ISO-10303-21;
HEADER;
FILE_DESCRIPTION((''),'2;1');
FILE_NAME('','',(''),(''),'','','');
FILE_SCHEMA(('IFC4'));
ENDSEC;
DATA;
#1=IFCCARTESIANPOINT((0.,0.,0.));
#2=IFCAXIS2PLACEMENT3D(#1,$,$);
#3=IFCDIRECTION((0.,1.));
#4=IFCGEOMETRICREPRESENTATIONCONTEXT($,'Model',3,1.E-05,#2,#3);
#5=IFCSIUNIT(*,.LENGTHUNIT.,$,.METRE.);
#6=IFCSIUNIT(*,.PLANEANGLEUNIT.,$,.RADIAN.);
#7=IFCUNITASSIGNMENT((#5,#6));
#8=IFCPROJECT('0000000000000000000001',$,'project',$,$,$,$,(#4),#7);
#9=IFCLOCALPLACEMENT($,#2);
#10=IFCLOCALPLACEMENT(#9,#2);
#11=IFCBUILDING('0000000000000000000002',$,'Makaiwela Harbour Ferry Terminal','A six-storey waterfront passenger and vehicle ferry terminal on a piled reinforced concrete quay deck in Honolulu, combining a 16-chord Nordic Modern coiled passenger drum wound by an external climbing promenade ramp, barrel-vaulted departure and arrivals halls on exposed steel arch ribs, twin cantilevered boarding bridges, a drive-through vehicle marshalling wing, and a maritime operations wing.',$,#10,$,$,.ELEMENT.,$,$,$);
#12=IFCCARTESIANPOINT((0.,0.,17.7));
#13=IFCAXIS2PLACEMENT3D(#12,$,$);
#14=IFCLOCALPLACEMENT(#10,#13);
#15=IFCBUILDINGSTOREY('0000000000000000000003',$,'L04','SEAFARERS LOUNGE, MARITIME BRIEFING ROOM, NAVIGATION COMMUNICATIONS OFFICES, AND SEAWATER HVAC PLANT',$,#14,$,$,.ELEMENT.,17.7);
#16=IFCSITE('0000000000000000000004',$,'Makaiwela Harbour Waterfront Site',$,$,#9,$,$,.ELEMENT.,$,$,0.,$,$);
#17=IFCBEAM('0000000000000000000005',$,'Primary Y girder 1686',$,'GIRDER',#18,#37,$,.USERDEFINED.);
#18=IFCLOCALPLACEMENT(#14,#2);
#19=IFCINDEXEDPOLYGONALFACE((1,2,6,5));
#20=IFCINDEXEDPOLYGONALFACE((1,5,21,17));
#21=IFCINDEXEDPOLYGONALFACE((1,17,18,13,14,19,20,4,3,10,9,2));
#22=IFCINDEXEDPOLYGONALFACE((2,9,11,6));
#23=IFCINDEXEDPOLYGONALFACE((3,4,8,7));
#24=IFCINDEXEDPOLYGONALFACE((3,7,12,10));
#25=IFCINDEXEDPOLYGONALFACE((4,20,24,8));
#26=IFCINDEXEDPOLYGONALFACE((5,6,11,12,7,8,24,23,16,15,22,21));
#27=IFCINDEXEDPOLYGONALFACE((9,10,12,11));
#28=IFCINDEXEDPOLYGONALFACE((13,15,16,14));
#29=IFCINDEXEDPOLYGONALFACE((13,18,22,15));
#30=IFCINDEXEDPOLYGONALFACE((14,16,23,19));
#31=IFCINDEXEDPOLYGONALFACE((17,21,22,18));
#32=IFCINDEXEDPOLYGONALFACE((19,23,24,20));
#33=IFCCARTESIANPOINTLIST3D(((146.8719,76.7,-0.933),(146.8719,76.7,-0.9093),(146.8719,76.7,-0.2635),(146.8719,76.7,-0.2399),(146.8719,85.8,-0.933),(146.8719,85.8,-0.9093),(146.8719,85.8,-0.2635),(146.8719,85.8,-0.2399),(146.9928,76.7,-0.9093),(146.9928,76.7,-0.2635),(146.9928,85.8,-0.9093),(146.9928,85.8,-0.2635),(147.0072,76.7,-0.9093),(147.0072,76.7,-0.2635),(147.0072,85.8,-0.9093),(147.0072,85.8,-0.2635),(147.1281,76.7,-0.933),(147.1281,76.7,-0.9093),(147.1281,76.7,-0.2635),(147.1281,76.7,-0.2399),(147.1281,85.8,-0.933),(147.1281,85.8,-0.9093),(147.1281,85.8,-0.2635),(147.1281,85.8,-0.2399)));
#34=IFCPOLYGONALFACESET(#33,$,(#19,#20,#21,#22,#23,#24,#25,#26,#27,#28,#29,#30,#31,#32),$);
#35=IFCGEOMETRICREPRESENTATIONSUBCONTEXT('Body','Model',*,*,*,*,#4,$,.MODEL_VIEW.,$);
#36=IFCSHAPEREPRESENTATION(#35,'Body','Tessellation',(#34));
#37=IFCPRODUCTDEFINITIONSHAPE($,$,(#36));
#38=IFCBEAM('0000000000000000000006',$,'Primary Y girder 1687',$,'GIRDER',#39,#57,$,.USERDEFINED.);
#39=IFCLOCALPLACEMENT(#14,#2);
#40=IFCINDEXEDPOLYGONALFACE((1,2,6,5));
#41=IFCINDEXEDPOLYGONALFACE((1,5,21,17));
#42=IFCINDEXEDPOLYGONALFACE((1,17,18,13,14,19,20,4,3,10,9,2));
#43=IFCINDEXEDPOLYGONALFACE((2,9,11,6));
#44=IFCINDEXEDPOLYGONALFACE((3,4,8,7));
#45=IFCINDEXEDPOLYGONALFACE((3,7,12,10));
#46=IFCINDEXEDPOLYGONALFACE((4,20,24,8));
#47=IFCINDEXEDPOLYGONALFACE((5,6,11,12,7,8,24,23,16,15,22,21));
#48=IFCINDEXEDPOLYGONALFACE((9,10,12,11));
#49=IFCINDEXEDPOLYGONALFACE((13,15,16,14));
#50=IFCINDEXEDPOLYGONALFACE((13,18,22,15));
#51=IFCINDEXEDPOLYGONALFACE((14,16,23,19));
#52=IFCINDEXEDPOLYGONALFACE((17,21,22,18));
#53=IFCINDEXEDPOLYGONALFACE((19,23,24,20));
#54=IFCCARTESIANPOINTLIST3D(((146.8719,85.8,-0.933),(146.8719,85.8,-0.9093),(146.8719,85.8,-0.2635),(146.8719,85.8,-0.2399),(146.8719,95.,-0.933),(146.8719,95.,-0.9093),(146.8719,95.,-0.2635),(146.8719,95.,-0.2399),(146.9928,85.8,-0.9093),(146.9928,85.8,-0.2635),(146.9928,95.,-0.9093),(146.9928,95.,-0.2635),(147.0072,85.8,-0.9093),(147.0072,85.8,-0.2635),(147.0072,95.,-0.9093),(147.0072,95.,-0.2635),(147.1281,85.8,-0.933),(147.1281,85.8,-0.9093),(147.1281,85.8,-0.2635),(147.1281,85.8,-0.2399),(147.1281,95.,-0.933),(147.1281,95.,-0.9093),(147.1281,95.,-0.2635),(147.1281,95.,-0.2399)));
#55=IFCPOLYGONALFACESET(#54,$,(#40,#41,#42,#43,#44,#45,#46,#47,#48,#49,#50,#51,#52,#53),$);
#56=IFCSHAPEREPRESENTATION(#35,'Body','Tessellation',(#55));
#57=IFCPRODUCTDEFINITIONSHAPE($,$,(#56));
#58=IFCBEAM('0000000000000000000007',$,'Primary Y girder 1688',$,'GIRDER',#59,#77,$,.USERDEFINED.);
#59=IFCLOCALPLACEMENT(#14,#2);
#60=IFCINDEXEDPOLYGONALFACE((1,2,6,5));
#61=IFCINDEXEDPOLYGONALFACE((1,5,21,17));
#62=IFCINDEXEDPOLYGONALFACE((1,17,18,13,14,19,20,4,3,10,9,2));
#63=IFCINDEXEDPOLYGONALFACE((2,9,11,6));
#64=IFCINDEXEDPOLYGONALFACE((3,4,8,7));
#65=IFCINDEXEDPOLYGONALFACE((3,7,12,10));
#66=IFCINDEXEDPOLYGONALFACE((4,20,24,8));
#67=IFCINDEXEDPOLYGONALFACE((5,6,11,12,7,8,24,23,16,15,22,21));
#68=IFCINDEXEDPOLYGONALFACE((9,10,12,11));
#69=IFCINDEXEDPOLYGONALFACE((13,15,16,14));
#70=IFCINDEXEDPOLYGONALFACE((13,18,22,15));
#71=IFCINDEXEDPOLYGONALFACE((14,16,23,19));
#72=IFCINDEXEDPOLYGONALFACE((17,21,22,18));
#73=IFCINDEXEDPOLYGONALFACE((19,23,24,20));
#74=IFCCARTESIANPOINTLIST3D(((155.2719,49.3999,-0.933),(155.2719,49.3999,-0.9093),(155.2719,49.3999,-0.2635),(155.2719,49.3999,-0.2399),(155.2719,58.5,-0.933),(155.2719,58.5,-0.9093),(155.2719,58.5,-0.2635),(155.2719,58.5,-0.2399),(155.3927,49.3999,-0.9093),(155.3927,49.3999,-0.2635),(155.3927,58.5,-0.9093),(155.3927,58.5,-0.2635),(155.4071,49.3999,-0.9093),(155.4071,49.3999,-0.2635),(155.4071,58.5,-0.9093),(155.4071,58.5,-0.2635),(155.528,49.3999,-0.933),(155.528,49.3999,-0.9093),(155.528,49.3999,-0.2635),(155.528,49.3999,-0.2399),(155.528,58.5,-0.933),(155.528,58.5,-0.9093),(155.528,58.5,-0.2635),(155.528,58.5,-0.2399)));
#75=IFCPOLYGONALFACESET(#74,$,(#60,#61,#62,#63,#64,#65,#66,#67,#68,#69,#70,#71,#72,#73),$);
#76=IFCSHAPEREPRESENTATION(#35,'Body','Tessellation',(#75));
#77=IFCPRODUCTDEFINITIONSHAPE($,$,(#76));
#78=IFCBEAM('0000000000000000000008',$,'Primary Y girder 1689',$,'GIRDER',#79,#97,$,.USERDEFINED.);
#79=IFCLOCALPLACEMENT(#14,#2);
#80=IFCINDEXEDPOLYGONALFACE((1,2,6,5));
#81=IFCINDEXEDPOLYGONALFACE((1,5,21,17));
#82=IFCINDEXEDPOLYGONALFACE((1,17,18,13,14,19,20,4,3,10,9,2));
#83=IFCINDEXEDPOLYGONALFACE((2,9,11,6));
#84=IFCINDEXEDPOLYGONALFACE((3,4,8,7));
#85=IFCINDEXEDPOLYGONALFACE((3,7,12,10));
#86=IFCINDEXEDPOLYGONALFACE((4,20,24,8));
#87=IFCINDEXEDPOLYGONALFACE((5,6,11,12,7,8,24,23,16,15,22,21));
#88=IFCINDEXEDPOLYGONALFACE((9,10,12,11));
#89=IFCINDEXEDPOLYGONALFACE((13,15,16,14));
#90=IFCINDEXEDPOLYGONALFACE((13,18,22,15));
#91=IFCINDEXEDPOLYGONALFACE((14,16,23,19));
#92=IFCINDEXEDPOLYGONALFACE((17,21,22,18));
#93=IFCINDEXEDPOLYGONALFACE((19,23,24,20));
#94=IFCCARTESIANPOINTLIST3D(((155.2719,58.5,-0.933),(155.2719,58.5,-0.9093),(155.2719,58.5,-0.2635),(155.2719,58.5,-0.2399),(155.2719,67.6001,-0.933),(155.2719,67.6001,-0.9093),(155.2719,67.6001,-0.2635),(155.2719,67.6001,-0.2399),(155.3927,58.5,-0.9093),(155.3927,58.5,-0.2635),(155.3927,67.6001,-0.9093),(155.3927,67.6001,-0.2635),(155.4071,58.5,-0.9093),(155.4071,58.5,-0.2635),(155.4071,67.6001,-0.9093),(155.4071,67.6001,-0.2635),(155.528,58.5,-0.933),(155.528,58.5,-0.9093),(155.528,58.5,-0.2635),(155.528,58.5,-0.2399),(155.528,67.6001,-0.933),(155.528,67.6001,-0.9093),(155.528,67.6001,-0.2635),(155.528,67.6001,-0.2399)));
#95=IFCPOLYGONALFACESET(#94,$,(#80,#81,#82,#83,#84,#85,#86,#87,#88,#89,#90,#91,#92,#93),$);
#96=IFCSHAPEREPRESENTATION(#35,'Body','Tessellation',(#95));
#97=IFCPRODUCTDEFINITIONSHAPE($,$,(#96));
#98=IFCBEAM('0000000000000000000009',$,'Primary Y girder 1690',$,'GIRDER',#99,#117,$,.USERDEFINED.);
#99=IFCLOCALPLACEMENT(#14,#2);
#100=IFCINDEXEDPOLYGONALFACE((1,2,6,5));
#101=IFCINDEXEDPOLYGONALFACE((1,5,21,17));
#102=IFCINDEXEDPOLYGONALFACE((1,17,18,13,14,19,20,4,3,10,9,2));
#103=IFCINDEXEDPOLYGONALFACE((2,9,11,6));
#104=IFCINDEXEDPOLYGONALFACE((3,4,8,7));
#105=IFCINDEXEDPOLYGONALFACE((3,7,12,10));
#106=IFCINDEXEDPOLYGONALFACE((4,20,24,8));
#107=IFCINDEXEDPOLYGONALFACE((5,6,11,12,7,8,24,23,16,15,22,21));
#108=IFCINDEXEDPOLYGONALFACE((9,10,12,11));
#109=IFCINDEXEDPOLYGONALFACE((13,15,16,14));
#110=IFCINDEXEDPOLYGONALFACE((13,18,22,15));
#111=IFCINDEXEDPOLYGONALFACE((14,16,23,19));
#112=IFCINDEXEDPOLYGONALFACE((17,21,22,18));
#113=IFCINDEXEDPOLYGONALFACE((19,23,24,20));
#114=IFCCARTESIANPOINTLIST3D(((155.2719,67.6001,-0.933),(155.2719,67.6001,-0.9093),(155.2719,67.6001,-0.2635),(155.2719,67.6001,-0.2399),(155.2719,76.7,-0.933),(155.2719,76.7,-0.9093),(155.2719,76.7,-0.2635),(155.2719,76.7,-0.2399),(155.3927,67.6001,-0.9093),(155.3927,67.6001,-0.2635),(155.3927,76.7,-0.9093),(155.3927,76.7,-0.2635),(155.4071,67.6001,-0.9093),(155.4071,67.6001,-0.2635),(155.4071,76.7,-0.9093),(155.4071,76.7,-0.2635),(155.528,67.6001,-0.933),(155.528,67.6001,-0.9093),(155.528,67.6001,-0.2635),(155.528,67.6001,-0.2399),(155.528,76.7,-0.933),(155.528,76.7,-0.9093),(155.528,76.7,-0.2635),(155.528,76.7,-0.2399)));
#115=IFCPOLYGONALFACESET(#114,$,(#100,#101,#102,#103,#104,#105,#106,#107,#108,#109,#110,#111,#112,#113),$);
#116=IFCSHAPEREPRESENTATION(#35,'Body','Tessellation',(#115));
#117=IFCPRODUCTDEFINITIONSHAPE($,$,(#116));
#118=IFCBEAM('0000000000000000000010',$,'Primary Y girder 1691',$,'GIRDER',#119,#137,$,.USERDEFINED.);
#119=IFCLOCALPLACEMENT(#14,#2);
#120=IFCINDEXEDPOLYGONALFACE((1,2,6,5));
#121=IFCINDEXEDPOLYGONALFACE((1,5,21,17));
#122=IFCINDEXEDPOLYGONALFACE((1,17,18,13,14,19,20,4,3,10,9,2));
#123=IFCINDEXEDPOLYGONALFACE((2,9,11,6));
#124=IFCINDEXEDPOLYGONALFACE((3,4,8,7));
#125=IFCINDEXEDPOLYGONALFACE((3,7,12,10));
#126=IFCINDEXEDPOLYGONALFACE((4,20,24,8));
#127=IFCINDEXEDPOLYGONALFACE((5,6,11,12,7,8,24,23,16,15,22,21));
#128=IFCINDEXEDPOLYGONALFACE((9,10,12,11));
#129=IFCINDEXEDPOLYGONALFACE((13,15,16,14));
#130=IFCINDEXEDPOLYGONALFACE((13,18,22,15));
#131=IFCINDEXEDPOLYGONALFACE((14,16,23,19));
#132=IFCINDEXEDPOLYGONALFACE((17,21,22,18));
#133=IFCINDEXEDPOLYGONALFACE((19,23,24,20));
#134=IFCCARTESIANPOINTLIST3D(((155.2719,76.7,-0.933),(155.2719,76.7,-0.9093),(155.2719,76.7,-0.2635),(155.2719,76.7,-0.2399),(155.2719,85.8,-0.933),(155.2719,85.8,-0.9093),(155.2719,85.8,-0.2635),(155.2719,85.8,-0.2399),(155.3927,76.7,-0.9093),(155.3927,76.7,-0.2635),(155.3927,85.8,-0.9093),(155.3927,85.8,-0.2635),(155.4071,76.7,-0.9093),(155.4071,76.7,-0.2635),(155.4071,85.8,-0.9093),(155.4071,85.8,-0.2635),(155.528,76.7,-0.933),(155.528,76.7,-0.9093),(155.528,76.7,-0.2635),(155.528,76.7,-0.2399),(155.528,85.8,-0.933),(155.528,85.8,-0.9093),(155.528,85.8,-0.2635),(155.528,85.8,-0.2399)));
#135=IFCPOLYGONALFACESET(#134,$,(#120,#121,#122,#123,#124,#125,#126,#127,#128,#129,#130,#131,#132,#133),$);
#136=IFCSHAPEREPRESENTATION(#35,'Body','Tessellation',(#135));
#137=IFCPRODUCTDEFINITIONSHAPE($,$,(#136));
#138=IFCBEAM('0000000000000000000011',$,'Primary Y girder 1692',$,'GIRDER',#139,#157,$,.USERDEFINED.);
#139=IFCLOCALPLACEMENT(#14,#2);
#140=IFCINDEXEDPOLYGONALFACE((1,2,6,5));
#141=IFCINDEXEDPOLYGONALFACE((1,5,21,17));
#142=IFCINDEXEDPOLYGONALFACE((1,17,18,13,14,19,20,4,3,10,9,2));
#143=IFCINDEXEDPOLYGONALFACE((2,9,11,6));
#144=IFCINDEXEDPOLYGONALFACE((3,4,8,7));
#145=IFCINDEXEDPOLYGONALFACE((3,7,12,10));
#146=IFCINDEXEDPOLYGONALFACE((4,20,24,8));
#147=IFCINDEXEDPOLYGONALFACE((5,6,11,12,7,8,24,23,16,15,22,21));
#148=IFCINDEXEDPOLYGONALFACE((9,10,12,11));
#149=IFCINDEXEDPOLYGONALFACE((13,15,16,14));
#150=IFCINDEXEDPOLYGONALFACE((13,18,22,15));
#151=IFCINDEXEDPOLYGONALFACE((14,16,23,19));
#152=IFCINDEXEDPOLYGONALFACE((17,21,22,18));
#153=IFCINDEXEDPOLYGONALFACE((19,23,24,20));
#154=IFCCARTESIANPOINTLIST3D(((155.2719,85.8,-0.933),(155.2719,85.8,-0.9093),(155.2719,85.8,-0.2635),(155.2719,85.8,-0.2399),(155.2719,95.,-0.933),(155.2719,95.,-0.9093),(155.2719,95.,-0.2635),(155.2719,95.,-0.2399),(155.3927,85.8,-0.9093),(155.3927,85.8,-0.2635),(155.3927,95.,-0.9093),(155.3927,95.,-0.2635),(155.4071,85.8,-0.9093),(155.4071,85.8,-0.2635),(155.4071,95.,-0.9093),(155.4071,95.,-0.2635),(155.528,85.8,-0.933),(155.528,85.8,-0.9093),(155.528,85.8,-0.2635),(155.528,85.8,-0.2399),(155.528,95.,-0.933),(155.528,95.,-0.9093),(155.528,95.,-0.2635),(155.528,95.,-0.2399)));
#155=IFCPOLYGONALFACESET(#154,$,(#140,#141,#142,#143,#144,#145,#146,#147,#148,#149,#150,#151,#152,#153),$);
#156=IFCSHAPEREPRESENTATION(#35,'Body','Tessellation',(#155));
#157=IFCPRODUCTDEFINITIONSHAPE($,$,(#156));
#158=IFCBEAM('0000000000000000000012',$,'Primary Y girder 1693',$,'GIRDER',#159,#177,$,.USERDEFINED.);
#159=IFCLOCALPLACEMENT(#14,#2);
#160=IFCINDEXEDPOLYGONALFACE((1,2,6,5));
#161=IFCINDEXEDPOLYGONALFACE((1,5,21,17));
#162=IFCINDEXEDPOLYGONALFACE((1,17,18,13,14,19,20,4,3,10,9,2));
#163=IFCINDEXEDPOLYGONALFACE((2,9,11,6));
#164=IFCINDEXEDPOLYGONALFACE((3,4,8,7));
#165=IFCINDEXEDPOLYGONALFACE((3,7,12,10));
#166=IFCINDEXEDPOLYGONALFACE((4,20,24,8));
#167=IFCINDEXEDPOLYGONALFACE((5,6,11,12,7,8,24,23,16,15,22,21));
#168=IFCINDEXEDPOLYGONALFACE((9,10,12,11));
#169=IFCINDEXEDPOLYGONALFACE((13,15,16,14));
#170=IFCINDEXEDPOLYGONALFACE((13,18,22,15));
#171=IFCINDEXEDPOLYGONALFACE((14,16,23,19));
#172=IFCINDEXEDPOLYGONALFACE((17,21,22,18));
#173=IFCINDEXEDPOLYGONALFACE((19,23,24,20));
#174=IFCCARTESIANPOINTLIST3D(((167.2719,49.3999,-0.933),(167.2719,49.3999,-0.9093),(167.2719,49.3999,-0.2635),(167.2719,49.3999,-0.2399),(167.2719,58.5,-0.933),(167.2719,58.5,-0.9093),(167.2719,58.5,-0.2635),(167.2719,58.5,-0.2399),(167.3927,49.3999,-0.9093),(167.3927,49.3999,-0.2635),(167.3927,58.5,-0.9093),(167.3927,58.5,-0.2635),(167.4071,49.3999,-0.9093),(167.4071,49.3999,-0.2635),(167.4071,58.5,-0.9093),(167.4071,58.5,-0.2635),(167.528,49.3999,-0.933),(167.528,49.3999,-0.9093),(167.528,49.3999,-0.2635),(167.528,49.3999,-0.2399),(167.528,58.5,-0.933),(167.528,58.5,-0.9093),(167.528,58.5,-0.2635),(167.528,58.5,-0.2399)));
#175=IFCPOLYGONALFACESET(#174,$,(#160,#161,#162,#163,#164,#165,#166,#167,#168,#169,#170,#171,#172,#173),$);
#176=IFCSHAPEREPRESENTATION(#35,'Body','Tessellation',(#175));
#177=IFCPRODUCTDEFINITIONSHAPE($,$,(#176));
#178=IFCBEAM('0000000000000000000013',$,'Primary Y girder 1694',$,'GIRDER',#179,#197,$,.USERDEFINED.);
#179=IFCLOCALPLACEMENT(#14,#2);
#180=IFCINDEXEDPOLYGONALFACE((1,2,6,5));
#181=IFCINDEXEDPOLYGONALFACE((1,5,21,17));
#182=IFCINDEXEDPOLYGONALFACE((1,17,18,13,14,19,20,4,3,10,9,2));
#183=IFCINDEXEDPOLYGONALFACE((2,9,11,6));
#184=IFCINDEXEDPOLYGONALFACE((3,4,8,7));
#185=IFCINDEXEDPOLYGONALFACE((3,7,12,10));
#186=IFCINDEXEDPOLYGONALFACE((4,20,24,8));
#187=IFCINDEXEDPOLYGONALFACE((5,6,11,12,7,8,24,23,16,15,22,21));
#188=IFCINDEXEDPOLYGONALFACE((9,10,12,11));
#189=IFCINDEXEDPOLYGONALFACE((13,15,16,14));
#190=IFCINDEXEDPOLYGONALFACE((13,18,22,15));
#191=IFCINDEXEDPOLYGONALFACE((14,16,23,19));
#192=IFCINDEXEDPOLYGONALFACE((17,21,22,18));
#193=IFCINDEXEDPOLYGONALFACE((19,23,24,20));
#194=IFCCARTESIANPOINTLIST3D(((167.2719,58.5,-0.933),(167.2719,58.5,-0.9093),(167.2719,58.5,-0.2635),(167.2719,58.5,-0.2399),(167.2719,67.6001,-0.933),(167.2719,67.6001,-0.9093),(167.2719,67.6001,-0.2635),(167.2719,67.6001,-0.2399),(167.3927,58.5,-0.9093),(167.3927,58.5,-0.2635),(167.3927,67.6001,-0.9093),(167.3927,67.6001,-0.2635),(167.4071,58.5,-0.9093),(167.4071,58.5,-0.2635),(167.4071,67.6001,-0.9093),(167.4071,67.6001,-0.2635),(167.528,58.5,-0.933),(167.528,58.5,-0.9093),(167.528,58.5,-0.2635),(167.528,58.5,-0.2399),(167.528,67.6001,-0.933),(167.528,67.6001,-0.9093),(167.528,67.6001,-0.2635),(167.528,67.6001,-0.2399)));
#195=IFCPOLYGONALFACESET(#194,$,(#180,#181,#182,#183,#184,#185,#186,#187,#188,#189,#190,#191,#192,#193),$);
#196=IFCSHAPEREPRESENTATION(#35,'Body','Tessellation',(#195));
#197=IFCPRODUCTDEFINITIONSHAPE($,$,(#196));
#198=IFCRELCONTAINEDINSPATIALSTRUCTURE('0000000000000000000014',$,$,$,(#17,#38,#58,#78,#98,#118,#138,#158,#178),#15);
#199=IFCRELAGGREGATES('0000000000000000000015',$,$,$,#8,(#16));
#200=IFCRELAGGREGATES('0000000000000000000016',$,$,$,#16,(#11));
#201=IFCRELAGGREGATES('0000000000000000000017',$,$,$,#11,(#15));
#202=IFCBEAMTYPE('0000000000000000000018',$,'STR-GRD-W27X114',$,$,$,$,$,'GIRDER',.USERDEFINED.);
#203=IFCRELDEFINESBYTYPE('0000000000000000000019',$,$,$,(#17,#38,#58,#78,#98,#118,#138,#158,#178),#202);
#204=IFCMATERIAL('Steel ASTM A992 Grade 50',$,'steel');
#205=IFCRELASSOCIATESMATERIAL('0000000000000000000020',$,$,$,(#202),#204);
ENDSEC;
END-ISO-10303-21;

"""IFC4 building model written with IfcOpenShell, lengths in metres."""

from ifc_helpers import new_model, si_unit, direction, frame, origin, origin_2d, place, context, subcontext, project, spatial, i_section, extrude, material, material_profile, profile_set, type_object, element, save


model = new_model("IFC4")

# Units and contexts
model_context = context("Model", 3, precision=1e-05, world=origin(), true_north=direction((0.0, 1.0)))
body_context = subcontext(model_context, "Body", "Model", "MODEL_VIEW")
ifc_project = project(units=[si_unit("LENGTHUNIT", "METRE"), si_unit("PLANEANGLEUNIT", "RADIAN")], contexts=[model_context])

# Site, building, storey
site_placement = place(None, origin())
site = spatial("IfcSite", under=ifc_project, at=site_placement, Name="Makaiwela Harbour Waterfront Site", CompositionType="ELEMENT", RefElevation=0.0)
building_placement = place(site_placement, origin())
building = spatial("IfcBuilding", under=site, at=building_placement, Name="Makaiwela Harbour Ferry Terminal", Description="A six-storey waterfront passenger and vehicle ferry terminal on a piled reinforced concrete quay deck in Honolulu, combining a 16-chord Nordic Modern coiled passenger drum wound by an external climbing promenade ramp, barrel-vaulted departure and arrivals halls on exposed steel arch ribs, twin cantilevered boarding bridges, a drive-through vehicle marshalling wing, and a maritime operations wing.", CompositionType="ELEMENT")
storey_placement = place(building_placement, frame((0.0, 0.0, 17.7)))
storey = spatial("IfcBuildingStorey", under=building, at=storey_placement, Name="L04", Description="SEAFARERS LOUNGE, MARITIME BRIEFING ROOM, NAVIGATION COMMUNICATIONS OFFICES, AND SEAWATER HVAC PLANT", CompositionType="ELEMENT", Elevation=17.7)

# Beams
ifc_material_1 = material(Name="Steel ASTM A992 Grade 50", Category="steel")
ifc_material_profile_1 = material_profile(ifc_material_1, i_section(OverallWidth=0.2561, OverallDepth=0.6931, WebThickness=0.0144, FlangeThickness=0.0237, at=origin_2d()), Name="W27X114")
ifc_profile_set_1 = profile_set([ifc_material_profile_1], Name="Steel ASTM A992 Grade 50")
beam_type_1 = type_object("IfcBeamType", Name="STR-GRD-W27X114", ElementType="GIRDER", PredefinedType="USERDEFINED", material=ifc_profile_set_1)
beam_1_placement = place(storey_placement, frame((147.0, 76.7, -0.5864), z_axis=(0.0, 1.0, 0.0), x_axis=(-1.0, 0.0, 0.0)))
element("IfcBeam", 1, at=beam_1_placement, inside=storey, type_object=beam_type_1, Name="Primary Y girder 1686", ObjectType="GIRDER", PredefinedType="USERDEFINED", context=body_context, shape_type="SweptSolid", body=[
    extrude(i_section(OverallWidth=0.2561, OverallDepth=0.6931, WebThickness=0.0144, FlangeThickness=0.0237, at=origin_2d()), origin(), (0.0, 0.0, 1.0), 9.1001),
])
beam_2_placement = place(storey_placement, frame((147.0, 85.8, -0.5864), z_axis=(0.0, 1.0, 0.0), x_axis=(-1.0, 0.0, 0.0)))
element("IfcBeam", 2, at=beam_2_placement, inside=storey, type_object=beam_type_1, Name="Primary Y girder 1687", ObjectType="GIRDER", PredefinedType="USERDEFINED", context=body_context, shape_type="SweptSolid", body=[
    extrude(i_section(OverallWidth=0.2561, OverallDepth=0.6931, WebThickness=0.0144, FlangeThickness=0.0237, at=origin_2d()), origin(), (0.0, 0.0, 1.0), 9.2),
])
for number, where, z_axis, x_axis, name in (
    (3, (155.3999, 49.3999, -0.5864), (0.0, 1.0, 0.0), (-1.0, 0.0, 0.0), "Primary Y girder 1688"),
    (4, (155.3999, 58.5, -0.5864), (0.0, 1.0, 0.0), (-1.0, 0.0, 0.0), "Primary Y girder 1689"),
):
    element("IfcBeam", number, at=place(storey_placement, frame(where, z_axis=z_axis, x_axis=x_axis)), inside=storey, type_object=beam_type_1, Name=name, ObjectType="GIRDER", PredefinedType="USERDEFINED", context=body_context, shape_type="SweptSolid", body=[
        extrude(i_section(OverallWidth=0.2561, OverallDepth=0.6931, WebThickness=0.0144, FlangeThickness=0.0237, at=origin_2d()), origin(), (0.0, 0.0, 1.0), 9.1001),
    ])
beam_3_placement = place(storey_placement, frame((155.3999, 67.6001, -0.5864), z_axis=(0.0, 1.0, 0.0), x_axis=(-1.0, 0.0, 0.0)))
element("IfcBeam", 5, at=beam_3_placement, inside=storey, type_object=beam_type_1, Name="Primary Y girder 1690", ObjectType="GIRDER", PredefinedType="USERDEFINED", context=body_context, shape_type="SweptSolid", body=[
    extrude(i_section(OverallWidth=0.2561, OverallDepth=0.6931, WebThickness=0.0144, FlangeThickness=0.0237, at=origin_2d()), origin(), (0.0, 0.0, 1.0), 9.0999),
])
beam_4_placement = place(storey_placement, frame((155.3999, 76.7, -0.5864), z_axis=(0.0, 1.0, 0.0), x_axis=(-1.0, 0.0, 0.0)))
element("IfcBeam", 6, at=beam_4_placement, inside=storey, type_object=beam_type_1, Name="Primary Y girder 1691", ObjectType="GIRDER", PredefinedType="USERDEFINED", context=body_context, shape_type="SweptSolid", body=[
    extrude(i_section(OverallWidth=0.2561, OverallDepth=0.6931, WebThickness=0.0144, FlangeThickness=0.0237, at=origin_2d()), origin(), (0.0, 0.0, 1.0), 9.1001),
])
beam_5_placement = place(storey_placement, frame((155.3999, 85.8, -0.5864), z_axis=(0.0, 1.0, 0.0), x_axis=(-1.0, 0.0, 0.0)))
element("IfcBeam", 7, at=beam_5_placement, inside=storey, type_object=beam_type_1, Name="Primary Y girder 1692", ObjectType="GIRDER", PredefinedType="USERDEFINED", context=body_context, shape_type="SweptSolid", body=[
    extrude(i_section(OverallWidth=0.2561, OverallDepth=0.6931, WebThickness=0.0144, FlangeThickness=0.0237, at=origin_2d()), origin(), (0.0, 0.0, 1.0), 9.2),
])
for number, where, z_axis, x_axis, name in (
    (8, (167.3999, 49.3999, -0.5864), (0.0, 1.0, 0.0), (-1.0, 0.0, 0.0), "Primary Y girder 1693"),
    (9, (167.3999, 58.5, -0.5864), (0.0, 1.0, 0.0), (-1.0, 0.0, 0.0), "Primary Y girder 1694"),
):
    element("IfcBeam", number, at=place(storey_placement, frame(where, z_axis=z_axis, x_axis=x_axis)), inside=storey, type_object=beam_type_1, Name=name, ObjectType="GIRDER", PredefinedType="USERDEFINED", context=body_context, shape_type="SweptSolid", body=[
        extrude(i_section(OverallWidth=0.2561, OverallDepth=0.6931, WebThickness=0.0144, FlangeThickness=0.0237, at=origin_2d()), origin(), (0.0, 0.0, 1.0), 9.1001),
    ])

save(model, "model.ifc")
